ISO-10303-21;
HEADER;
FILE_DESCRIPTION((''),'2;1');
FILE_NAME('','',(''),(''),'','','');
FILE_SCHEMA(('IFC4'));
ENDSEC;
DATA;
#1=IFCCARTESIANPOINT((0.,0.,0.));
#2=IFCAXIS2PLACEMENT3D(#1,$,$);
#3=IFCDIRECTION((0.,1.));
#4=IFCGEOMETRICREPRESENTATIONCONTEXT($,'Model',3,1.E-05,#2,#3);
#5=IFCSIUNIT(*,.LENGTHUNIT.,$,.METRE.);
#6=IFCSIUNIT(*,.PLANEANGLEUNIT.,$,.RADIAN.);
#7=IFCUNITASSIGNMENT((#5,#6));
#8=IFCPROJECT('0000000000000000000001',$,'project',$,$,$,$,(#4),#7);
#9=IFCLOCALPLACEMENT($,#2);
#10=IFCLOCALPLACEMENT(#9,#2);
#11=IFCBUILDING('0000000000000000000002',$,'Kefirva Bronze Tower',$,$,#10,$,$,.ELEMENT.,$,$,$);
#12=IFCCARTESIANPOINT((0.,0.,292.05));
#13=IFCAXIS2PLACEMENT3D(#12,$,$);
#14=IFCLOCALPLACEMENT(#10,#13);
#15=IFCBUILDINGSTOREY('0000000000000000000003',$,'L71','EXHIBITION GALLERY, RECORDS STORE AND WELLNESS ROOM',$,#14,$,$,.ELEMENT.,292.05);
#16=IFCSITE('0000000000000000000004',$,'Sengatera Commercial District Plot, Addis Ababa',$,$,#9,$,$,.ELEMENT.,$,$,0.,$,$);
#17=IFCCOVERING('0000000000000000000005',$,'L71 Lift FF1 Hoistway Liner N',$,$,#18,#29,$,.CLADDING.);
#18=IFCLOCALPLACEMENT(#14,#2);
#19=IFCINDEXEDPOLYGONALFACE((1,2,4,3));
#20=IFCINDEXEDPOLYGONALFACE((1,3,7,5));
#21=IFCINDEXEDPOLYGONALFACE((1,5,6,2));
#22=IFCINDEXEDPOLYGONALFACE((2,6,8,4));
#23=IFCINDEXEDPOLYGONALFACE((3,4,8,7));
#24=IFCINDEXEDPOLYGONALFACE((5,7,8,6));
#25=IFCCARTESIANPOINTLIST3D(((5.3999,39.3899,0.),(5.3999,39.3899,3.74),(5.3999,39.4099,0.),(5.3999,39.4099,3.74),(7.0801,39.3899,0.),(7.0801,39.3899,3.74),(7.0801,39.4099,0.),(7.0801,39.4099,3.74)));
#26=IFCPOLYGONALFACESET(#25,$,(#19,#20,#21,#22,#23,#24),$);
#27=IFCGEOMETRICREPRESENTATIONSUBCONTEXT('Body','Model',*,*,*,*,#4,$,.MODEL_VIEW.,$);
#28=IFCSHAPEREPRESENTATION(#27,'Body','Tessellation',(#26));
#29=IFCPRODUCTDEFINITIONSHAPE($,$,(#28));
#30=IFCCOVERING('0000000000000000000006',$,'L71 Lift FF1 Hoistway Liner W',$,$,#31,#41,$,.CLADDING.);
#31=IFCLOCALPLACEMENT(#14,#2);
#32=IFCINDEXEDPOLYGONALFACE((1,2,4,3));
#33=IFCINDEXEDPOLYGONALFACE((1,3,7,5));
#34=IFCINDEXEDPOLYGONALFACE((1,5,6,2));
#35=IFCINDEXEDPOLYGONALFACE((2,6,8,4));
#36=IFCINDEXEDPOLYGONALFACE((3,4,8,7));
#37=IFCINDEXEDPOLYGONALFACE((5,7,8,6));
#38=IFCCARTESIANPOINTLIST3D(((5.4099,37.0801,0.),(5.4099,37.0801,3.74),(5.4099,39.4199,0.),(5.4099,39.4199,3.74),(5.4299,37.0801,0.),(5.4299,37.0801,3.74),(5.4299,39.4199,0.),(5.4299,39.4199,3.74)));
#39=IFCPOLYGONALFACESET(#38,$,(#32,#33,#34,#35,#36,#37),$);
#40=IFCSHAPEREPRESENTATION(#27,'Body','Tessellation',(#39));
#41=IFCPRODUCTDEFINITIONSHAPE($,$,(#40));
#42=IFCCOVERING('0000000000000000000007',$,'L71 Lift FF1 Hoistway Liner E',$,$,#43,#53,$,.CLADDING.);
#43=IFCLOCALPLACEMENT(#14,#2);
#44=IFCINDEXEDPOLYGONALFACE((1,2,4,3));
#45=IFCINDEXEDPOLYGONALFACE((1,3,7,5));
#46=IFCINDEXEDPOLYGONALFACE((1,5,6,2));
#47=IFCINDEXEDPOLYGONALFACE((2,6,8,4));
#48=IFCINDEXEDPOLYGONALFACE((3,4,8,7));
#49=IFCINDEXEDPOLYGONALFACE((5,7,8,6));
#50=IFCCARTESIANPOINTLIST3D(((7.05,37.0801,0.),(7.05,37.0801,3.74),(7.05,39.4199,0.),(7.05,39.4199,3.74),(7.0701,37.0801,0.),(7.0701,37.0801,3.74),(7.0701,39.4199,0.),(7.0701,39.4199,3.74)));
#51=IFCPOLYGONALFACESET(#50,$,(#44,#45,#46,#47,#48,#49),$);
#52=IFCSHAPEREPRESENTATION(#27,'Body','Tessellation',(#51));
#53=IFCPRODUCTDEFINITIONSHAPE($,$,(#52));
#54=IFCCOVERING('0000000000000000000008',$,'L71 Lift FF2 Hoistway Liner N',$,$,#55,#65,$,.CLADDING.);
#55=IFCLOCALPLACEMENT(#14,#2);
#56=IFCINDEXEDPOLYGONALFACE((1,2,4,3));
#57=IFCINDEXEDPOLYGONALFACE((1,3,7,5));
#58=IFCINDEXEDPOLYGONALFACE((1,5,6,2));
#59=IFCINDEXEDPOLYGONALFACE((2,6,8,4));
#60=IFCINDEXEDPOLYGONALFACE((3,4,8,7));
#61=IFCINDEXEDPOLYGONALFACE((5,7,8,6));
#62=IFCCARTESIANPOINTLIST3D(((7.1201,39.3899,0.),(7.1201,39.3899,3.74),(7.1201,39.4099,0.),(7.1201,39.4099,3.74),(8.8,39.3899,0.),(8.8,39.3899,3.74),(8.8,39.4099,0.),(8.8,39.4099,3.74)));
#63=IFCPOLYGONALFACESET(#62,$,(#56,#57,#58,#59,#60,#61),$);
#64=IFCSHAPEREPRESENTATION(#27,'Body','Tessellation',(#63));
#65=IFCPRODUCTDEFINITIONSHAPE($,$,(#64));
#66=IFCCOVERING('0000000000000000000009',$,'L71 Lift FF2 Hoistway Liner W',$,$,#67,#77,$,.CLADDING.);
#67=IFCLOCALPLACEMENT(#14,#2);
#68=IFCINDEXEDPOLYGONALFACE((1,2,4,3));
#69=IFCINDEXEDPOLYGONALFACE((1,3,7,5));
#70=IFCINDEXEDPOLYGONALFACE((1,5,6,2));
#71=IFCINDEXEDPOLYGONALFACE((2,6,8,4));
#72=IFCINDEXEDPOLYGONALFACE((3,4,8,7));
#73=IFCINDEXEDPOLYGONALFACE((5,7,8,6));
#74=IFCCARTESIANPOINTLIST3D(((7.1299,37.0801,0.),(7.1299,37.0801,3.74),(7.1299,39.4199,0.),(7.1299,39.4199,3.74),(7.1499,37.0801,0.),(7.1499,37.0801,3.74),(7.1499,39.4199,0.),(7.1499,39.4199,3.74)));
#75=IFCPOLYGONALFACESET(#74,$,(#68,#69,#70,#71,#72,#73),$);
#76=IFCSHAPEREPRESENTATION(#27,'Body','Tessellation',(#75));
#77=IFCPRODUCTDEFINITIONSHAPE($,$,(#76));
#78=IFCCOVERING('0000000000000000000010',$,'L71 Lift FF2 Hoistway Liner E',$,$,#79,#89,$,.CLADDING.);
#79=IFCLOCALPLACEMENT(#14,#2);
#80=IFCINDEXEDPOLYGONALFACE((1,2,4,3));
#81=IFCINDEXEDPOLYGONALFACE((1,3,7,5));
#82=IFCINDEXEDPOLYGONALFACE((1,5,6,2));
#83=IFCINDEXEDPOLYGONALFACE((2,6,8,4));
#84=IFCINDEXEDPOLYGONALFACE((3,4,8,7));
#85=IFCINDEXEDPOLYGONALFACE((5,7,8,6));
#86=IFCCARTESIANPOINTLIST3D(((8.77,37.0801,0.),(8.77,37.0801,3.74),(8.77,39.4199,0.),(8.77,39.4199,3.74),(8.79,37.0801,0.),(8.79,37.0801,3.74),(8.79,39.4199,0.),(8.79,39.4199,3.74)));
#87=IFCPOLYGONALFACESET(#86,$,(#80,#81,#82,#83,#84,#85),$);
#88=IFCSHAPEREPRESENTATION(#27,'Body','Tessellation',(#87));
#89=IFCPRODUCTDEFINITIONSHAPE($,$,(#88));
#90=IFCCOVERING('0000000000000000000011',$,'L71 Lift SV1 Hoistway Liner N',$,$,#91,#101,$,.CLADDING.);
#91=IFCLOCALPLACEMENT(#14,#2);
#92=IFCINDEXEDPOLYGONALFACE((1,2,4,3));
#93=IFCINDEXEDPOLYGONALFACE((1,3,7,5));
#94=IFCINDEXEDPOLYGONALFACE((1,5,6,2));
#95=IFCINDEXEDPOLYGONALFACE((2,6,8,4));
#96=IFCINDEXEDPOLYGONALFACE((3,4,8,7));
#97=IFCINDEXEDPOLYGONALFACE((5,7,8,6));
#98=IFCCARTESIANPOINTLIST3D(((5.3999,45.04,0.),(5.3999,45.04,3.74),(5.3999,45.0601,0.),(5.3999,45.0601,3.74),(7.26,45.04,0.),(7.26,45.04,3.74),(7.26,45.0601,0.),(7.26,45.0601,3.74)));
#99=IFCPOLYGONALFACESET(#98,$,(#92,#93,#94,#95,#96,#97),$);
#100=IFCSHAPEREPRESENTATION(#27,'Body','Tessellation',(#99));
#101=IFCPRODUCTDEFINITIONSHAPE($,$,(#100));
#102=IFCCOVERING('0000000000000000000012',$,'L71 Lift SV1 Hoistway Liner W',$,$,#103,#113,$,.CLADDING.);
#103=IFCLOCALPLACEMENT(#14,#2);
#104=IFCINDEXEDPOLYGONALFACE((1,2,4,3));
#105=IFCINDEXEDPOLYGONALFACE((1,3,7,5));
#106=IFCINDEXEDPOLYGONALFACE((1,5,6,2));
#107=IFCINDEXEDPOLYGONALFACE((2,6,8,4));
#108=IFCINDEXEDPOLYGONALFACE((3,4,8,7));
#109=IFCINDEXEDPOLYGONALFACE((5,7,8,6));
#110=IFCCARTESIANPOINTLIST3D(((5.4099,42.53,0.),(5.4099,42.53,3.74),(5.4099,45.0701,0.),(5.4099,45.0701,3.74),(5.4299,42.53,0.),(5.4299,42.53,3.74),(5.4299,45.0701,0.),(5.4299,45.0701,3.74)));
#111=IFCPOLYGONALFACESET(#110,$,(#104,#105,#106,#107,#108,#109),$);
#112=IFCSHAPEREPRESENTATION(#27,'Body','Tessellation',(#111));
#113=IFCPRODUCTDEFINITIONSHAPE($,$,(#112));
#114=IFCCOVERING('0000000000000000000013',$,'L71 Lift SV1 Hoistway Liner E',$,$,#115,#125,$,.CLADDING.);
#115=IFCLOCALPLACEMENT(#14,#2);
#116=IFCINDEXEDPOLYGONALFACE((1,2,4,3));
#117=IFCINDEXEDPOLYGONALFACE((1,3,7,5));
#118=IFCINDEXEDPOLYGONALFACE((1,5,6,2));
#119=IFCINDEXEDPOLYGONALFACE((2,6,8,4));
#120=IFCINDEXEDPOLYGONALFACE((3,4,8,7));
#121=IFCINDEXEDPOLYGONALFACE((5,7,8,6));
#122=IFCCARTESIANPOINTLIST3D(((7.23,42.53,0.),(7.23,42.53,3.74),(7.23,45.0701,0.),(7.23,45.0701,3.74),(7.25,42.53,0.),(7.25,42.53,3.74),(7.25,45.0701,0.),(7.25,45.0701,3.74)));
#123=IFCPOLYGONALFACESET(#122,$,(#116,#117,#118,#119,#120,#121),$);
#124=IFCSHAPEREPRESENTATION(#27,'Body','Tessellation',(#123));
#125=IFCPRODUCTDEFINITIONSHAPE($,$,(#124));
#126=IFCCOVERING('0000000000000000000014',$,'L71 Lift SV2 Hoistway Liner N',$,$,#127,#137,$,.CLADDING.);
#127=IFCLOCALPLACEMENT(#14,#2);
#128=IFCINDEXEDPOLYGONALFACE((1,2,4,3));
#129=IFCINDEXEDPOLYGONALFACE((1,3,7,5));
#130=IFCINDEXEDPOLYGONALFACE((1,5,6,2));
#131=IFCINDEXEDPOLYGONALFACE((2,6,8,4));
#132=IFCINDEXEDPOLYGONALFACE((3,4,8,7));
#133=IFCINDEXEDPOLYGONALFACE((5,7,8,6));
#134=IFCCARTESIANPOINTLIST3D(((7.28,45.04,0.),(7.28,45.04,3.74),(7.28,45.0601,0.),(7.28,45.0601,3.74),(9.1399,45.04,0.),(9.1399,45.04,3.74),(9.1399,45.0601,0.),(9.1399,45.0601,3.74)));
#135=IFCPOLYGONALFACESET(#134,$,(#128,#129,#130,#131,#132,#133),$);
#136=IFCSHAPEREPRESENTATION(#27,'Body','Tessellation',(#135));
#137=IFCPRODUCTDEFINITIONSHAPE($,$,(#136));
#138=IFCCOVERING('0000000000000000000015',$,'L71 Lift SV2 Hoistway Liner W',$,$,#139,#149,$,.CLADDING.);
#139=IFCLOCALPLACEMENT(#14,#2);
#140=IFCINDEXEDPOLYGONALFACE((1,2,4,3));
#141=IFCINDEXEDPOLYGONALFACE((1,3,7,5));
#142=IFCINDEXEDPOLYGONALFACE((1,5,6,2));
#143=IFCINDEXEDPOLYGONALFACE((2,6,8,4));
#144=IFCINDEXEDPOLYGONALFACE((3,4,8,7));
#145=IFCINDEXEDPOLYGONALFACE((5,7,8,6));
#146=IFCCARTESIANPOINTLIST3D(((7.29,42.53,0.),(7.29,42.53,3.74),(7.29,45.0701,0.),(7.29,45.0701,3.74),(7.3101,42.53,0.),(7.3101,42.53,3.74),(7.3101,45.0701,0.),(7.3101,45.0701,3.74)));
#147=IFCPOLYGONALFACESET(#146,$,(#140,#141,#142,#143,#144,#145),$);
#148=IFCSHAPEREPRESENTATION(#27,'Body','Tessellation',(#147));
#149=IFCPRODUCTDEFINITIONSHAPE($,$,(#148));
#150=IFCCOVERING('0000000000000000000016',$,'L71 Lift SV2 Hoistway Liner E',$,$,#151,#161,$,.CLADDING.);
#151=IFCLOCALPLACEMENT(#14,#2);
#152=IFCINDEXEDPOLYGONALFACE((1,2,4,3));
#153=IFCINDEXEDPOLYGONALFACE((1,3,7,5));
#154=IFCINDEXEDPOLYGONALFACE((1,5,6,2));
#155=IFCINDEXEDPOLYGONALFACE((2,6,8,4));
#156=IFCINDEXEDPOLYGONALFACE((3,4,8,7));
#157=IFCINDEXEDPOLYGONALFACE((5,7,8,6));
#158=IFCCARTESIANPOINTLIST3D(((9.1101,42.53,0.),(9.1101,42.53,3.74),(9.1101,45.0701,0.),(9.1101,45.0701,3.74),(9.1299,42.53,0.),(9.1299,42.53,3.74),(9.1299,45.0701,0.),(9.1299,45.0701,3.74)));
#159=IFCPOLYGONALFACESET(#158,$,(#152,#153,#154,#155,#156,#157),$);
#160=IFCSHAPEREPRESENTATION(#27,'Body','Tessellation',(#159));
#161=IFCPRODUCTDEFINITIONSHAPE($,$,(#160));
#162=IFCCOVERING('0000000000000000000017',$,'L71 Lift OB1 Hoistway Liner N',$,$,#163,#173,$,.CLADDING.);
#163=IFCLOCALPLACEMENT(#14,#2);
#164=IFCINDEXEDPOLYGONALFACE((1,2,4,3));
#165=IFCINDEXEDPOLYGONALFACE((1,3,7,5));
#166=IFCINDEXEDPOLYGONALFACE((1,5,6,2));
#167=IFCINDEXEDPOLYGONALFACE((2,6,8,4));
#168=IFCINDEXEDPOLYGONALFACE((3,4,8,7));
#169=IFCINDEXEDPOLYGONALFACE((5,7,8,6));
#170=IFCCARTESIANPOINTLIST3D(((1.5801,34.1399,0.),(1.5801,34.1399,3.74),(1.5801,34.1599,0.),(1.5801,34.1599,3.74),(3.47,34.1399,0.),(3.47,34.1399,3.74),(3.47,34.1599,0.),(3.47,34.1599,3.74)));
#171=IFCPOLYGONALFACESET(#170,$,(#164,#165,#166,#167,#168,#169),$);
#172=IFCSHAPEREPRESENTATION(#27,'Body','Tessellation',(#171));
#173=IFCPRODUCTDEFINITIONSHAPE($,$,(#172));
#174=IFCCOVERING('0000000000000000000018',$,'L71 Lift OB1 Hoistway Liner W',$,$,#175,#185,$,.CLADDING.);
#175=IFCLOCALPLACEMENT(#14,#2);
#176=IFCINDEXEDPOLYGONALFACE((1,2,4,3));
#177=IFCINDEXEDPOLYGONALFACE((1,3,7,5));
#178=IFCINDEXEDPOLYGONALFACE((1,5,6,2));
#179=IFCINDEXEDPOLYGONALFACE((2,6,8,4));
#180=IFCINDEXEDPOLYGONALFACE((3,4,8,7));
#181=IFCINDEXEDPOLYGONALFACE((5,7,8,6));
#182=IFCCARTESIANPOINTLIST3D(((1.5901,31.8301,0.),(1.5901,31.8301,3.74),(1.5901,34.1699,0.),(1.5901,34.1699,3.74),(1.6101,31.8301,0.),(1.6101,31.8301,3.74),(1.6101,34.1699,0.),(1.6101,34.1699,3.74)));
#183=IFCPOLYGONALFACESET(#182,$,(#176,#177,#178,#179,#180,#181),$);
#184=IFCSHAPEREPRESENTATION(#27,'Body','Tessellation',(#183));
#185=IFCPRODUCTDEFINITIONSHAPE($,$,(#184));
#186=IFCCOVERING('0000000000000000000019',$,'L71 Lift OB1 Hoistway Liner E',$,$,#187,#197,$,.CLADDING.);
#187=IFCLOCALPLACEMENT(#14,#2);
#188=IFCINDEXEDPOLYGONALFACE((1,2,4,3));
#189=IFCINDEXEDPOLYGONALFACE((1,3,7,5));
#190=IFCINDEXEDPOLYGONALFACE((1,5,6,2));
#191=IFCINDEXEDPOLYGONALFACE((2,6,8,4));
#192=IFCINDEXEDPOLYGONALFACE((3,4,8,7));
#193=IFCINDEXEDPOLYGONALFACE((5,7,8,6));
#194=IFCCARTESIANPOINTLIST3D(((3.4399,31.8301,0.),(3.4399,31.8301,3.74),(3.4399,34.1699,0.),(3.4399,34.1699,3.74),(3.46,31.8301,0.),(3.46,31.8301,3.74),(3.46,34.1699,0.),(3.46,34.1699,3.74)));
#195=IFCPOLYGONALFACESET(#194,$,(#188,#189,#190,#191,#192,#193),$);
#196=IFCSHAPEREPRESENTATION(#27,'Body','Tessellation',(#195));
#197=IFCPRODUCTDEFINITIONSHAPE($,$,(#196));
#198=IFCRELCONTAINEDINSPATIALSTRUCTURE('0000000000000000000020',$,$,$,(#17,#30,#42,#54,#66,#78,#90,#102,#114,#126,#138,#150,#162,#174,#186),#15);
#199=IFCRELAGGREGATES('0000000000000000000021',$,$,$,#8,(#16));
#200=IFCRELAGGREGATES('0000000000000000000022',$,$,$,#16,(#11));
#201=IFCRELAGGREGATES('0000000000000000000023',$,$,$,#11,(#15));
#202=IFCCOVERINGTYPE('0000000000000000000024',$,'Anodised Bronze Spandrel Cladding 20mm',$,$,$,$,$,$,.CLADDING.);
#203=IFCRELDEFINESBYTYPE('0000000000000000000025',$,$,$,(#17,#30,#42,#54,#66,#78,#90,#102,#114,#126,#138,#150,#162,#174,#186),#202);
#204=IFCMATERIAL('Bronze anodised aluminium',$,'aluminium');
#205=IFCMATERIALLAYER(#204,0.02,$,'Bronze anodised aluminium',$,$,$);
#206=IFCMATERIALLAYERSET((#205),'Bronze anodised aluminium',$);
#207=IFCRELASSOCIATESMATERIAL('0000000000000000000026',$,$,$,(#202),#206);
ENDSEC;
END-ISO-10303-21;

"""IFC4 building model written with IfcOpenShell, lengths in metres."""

from ifc_helpers import new_model, si_unit, direction, frame, origin, place, context, subcontext, project, spatial, polyline, outline, extrude, material, layer, layer_set, type_object, element, save


model = new_model("IFC4")

# Units and contexts
model_context = context("Model", 3, precision=1e-05, world=origin(), true_north=direction((0.0, 1.0)))
body_context = subcontext(model_context, "Body", "Model", "MODEL_VIEW")
ifc_project = project(units=[si_unit("LENGTHUNIT", "METRE"), si_unit("PLANEANGLEUNIT", "RADIAN")], contexts=[model_context])

# Site, building, storey
site_placement = place(None, origin())
site = spatial("IfcSite", under=ifc_project, at=site_placement, Name="Sengatera Commercial District Plot, Addis Ababa", CompositionType="ELEMENT", RefElevation=0.0)
building_placement = place(site_placement, origin())
building = spatial("IfcBuilding", under=site, at=building_placement, Name="Kefirva Bronze Tower", CompositionType="ELEMENT")
storey_placement = place(building_placement, frame((0.0, 0.0, 292.05)))
storey = spatial("IfcBuildingStorey", under=building, at=storey_placement, Name="L71", Description="EXHIBITION GALLERY, RECORDS STORE AND WELLNESS ROOM", CompositionType="ELEMENT", Elevation=292.05)

# Shared definitions
ifc_material_1 = material(Name="Bronze anodised aluminium", Category="aluminium")

# Coverings
ifc_layer_1 = layer(ifc_material_1, 0.02, Name="Bronze anodised aluminium")
ifc_layer_set_1 = layer_set([ifc_layer_1], Name="Bronze anodised aluminium")
covering_type_1 = type_object("IfcCoveringType", Name="Anodised Bronze Spandrel Cladding 20mm", PredefinedType="CLADDING", material=ifc_layer_set_1)
covering_1_placement = place(storey_placement, origin())
element("IfcCovering", 1, at=covering_1_placement, inside=storey, type_object=covering_type_1, Name="L71 Lift FF1 Hoistway Liner N", PredefinedType="CLADDING", context=body_context, shape_type="SweptSolid", body=[
    extrude(outline(polyline([(5.3999, 39.3899), (7.0801, 39.3899), (7.0801, 39.4099), (5.3999, 39.4099), (5.3999, 39.3899)])), origin(), (0.0, 0.0, 1.0), 3.74),
])
covering_2_placement = place(storey_placement, origin())
element("IfcCovering", 2, at=covering_2_placement, inside=storey, type_object=covering_type_1, Name="L71 Lift FF1 Hoistway Liner W", PredefinedType="CLADDING", context=body_context, shape_type="SweptSolid", body=[
    extrude(outline(polyline([(5.4099, 37.0801), (5.4299, 37.0801), (5.4299, 39.4199), (5.4099, 39.4199), (5.4099, 37.0801)])), origin(), (0.0, 0.0, 1.0), 3.74),
])
covering_3_placement = place(storey_placement, origin())
element("IfcCovering", 3, at=covering_3_placement, inside=storey, type_object=covering_type_1, Name="L71 Lift FF1 Hoistway Liner E", PredefinedType="CLADDING", context=body_context, shape_type="SweptSolid", body=[
    extrude(outline(polyline([(7.05, 37.0801), (7.0701, 37.0801), (7.0701, 39.4199), (7.05, 39.4199), (7.05, 37.0801)])), origin(), (0.0, 0.0, 1.0), 3.74),
])
covering_4_placement = place(storey_placement, origin())
element("IfcCovering", 4, at=covering_4_placement, inside=storey, type_object=covering_type_1, Name="L71 Lift FF2 Hoistway Liner N", PredefinedType="CLADDING", context=body_context, shape_type="SweptSolid", body=[
    extrude(outline(polyline([(7.1201, 39.3899), (8.8, 39.3899), (8.8, 39.4099), (7.1201, 39.4099), (7.1201, 39.3899)])), origin(), (0.0, 0.0, 1.0), 3.74),
])
covering_5_placement = place(storey_placement, origin())
element("IfcCovering", 5, at=covering_5_placement, inside=storey, type_object=covering_type_1, Name="L71 Lift FF2 Hoistway Liner W", PredefinedType="CLADDING", context=body_context, shape_type="SweptSolid", body=[
    extrude(outline(polyline([(7.1299, 37.0801), (7.1499, 37.0801), (7.1499, 39.4199), (7.1299, 39.4199), (7.1299, 37.0801)])), origin(), (0.0, 0.0, 1.0), 3.74),
])
covering_6_placement = place(storey_placement, origin())
element("IfcCovering", 6, at=covering_6_placement, inside=storey, type_object=covering_type_1, Name="L71 Lift FF2 Hoistway Liner E", PredefinedType="CLADDING", context=body_context, shape_type="SweptSolid", body=[
    extrude(outline(polyline([(8.77, 37.0801), (8.79, 37.0801), (8.79, 39.4199), (8.77, 39.4199), (8.77, 37.0801)])), origin(), (0.0, 0.0, 1.0), 3.74),
])
covering_7_placement = place(storey_placement, origin())
element("IfcCovering", 7, at=covering_7_placement, inside=storey, type_object=covering_type_1, Name="L71 Lift SV1 Hoistway Liner N", PredefinedType="CLADDING", context=body_context, shape_type="SweptSolid", body=[
    extrude(outline(polyline([(5.3999, 45.04), (7.26, 45.04), (7.26, 45.0601), (5.3999, 45.0601), (5.3999, 45.04)])), origin(), (0.0, 0.0, 1.0), 3.74),
])
covering_8_placement = place(storey_placement, origin())
element("IfcCovering", 8, at=covering_8_placement, inside=storey, type_object=covering_type_1, Name="L71 Lift SV1 Hoistway Liner W", PredefinedType="CLADDING", context=body_context, shape_type="SweptSolid", body=[
    extrude(outline(polyline([(5.4099, 42.53), (5.4299, 42.53), (5.4299, 45.0701), (5.4099, 45.0701), (5.4099, 42.53)])), origin(), (0.0, 0.0, 1.0), 3.74),
])
covering_9_placement = place(storey_placement, origin())
element("IfcCovering", 9, at=covering_9_placement, inside=storey, type_object=covering_type_1, Name="L71 Lift SV1 Hoistway Liner E", PredefinedType="CLADDING", context=body_context, shape_type="SweptSolid", body=[
    extrude(outline(polyline([(7.23, 42.53), (7.25, 42.53), (7.25, 45.0701), (7.23, 45.0701), (7.23, 42.53)])), origin(), (0.0, 0.0, 1.0), 3.74),
])
covering_10_placement = place(storey_placement, origin())
element("IfcCovering", 10, at=covering_10_placement, inside=storey, type_object=covering_type_1, Name="L71 Lift SV2 Hoistway Liner N", PredefinedType="CLADDING", context=body_context, shape_type="SweptSolid", body=[
    extrude(outline(polyline([(7.28, 45.04), (9.1399, 45.04), (9.1399, 45.0601), (7.28, 45.0601), (7.28, 45.04)])), origin(), (0.0, 0.0, 1.0), 3.74),
])
covering_11_placement = place(storey_placement, origin())
element("IfcCovering", 11, at=covering_11_placement, inside=storey, type_object=covering_type_1, Name="L71 Lift SV2 Hoistway Liner W", PredefinedType="CLADDING", context=body_context, shape_type="SweptSolid", body=[
    extrude(outline(polyline([(7.29, 42.53), (7.3101, 42.53), (7.3101, 45.0701), (7.29, 45.0701), (7.29, 42.53)])), origin(), (0.0, 0.0, 1.0), 3.74),
])
covering_12_placement = place(storey_placement, origin())
element("IfcCovering", 12, at=covering_12_placement, inside=storey, type_object=covering_type_1, Name="L71 Lift SV2 Hoistway Liner E", PredefinedType="CLADDING", context=body_context, shape_type="SweptSolid", body=[
    extrude(outline(polyline([(9.1101, 42.53), (9.1299, 42.53), (9.1299, 45.0701), (9.1101, 45.0701), (9.1101, 42.53)])), origin(), (0.0, 0.0, 1.0), 3.74),
])
covering_13_placement = place(storey_placement, origin())
element("IfcCovering", 13, at=covering_13_placement, inside=storey, type_object=covering_type_1, Name="L71 Lift OB1 Hoistway Liner N", PredefinedType="CLADDING", context=body_context, shape_type="SweptSolid", body=[
    extrude(outline(polyline([(1.5801, 34.1399), (3.47, 34.1399), (3.47, 34.1599), (1.5801, 34.1599), (1.5801, 34.1399)])), origin(), (0.0, 0.0, 1.0), 3.74),
])
covering_14_placement = place(storey_placement, origin())
element("IfcCovering", 14, at=covering_14_placement, inside=storey, type_object=covering_type_1, Name="L71 Lift OB1 Hoistway Liner W", PredefinedType="CLADDING", context=body_context, shape_type="SweptSolid", body=[
    extrude(outline(polyline([(1.5901, 31.8301), (1.6101, 31.8301), (1.6101, 34.1699), (1.5901, 34.1699), (1.5901, 31.8301)])), origin(), (0.0, 0.0, 1.0), 3.74),
])
covering_15_placement = place(storey_placement, origin())
element("IfcCovering", 15, at=covering_15_placement, inside=storey, type_object=covering_type_1, Name="L71 Lift OB1 Hoistway Liner E", PredefinedType="CLADDING", context=body_context, shape_type="SweptSolid", body=[
    extrude(outline(polyline([(3.4399, 31.8301), (3.46, 31.8301), (3.46, 34.1699), (3.4399, 34.1699), (3.4399, 31.8301)])), origin(), (0.0, 0.0, 1.0), 3.74),
])

save(model, "model.ifc")
